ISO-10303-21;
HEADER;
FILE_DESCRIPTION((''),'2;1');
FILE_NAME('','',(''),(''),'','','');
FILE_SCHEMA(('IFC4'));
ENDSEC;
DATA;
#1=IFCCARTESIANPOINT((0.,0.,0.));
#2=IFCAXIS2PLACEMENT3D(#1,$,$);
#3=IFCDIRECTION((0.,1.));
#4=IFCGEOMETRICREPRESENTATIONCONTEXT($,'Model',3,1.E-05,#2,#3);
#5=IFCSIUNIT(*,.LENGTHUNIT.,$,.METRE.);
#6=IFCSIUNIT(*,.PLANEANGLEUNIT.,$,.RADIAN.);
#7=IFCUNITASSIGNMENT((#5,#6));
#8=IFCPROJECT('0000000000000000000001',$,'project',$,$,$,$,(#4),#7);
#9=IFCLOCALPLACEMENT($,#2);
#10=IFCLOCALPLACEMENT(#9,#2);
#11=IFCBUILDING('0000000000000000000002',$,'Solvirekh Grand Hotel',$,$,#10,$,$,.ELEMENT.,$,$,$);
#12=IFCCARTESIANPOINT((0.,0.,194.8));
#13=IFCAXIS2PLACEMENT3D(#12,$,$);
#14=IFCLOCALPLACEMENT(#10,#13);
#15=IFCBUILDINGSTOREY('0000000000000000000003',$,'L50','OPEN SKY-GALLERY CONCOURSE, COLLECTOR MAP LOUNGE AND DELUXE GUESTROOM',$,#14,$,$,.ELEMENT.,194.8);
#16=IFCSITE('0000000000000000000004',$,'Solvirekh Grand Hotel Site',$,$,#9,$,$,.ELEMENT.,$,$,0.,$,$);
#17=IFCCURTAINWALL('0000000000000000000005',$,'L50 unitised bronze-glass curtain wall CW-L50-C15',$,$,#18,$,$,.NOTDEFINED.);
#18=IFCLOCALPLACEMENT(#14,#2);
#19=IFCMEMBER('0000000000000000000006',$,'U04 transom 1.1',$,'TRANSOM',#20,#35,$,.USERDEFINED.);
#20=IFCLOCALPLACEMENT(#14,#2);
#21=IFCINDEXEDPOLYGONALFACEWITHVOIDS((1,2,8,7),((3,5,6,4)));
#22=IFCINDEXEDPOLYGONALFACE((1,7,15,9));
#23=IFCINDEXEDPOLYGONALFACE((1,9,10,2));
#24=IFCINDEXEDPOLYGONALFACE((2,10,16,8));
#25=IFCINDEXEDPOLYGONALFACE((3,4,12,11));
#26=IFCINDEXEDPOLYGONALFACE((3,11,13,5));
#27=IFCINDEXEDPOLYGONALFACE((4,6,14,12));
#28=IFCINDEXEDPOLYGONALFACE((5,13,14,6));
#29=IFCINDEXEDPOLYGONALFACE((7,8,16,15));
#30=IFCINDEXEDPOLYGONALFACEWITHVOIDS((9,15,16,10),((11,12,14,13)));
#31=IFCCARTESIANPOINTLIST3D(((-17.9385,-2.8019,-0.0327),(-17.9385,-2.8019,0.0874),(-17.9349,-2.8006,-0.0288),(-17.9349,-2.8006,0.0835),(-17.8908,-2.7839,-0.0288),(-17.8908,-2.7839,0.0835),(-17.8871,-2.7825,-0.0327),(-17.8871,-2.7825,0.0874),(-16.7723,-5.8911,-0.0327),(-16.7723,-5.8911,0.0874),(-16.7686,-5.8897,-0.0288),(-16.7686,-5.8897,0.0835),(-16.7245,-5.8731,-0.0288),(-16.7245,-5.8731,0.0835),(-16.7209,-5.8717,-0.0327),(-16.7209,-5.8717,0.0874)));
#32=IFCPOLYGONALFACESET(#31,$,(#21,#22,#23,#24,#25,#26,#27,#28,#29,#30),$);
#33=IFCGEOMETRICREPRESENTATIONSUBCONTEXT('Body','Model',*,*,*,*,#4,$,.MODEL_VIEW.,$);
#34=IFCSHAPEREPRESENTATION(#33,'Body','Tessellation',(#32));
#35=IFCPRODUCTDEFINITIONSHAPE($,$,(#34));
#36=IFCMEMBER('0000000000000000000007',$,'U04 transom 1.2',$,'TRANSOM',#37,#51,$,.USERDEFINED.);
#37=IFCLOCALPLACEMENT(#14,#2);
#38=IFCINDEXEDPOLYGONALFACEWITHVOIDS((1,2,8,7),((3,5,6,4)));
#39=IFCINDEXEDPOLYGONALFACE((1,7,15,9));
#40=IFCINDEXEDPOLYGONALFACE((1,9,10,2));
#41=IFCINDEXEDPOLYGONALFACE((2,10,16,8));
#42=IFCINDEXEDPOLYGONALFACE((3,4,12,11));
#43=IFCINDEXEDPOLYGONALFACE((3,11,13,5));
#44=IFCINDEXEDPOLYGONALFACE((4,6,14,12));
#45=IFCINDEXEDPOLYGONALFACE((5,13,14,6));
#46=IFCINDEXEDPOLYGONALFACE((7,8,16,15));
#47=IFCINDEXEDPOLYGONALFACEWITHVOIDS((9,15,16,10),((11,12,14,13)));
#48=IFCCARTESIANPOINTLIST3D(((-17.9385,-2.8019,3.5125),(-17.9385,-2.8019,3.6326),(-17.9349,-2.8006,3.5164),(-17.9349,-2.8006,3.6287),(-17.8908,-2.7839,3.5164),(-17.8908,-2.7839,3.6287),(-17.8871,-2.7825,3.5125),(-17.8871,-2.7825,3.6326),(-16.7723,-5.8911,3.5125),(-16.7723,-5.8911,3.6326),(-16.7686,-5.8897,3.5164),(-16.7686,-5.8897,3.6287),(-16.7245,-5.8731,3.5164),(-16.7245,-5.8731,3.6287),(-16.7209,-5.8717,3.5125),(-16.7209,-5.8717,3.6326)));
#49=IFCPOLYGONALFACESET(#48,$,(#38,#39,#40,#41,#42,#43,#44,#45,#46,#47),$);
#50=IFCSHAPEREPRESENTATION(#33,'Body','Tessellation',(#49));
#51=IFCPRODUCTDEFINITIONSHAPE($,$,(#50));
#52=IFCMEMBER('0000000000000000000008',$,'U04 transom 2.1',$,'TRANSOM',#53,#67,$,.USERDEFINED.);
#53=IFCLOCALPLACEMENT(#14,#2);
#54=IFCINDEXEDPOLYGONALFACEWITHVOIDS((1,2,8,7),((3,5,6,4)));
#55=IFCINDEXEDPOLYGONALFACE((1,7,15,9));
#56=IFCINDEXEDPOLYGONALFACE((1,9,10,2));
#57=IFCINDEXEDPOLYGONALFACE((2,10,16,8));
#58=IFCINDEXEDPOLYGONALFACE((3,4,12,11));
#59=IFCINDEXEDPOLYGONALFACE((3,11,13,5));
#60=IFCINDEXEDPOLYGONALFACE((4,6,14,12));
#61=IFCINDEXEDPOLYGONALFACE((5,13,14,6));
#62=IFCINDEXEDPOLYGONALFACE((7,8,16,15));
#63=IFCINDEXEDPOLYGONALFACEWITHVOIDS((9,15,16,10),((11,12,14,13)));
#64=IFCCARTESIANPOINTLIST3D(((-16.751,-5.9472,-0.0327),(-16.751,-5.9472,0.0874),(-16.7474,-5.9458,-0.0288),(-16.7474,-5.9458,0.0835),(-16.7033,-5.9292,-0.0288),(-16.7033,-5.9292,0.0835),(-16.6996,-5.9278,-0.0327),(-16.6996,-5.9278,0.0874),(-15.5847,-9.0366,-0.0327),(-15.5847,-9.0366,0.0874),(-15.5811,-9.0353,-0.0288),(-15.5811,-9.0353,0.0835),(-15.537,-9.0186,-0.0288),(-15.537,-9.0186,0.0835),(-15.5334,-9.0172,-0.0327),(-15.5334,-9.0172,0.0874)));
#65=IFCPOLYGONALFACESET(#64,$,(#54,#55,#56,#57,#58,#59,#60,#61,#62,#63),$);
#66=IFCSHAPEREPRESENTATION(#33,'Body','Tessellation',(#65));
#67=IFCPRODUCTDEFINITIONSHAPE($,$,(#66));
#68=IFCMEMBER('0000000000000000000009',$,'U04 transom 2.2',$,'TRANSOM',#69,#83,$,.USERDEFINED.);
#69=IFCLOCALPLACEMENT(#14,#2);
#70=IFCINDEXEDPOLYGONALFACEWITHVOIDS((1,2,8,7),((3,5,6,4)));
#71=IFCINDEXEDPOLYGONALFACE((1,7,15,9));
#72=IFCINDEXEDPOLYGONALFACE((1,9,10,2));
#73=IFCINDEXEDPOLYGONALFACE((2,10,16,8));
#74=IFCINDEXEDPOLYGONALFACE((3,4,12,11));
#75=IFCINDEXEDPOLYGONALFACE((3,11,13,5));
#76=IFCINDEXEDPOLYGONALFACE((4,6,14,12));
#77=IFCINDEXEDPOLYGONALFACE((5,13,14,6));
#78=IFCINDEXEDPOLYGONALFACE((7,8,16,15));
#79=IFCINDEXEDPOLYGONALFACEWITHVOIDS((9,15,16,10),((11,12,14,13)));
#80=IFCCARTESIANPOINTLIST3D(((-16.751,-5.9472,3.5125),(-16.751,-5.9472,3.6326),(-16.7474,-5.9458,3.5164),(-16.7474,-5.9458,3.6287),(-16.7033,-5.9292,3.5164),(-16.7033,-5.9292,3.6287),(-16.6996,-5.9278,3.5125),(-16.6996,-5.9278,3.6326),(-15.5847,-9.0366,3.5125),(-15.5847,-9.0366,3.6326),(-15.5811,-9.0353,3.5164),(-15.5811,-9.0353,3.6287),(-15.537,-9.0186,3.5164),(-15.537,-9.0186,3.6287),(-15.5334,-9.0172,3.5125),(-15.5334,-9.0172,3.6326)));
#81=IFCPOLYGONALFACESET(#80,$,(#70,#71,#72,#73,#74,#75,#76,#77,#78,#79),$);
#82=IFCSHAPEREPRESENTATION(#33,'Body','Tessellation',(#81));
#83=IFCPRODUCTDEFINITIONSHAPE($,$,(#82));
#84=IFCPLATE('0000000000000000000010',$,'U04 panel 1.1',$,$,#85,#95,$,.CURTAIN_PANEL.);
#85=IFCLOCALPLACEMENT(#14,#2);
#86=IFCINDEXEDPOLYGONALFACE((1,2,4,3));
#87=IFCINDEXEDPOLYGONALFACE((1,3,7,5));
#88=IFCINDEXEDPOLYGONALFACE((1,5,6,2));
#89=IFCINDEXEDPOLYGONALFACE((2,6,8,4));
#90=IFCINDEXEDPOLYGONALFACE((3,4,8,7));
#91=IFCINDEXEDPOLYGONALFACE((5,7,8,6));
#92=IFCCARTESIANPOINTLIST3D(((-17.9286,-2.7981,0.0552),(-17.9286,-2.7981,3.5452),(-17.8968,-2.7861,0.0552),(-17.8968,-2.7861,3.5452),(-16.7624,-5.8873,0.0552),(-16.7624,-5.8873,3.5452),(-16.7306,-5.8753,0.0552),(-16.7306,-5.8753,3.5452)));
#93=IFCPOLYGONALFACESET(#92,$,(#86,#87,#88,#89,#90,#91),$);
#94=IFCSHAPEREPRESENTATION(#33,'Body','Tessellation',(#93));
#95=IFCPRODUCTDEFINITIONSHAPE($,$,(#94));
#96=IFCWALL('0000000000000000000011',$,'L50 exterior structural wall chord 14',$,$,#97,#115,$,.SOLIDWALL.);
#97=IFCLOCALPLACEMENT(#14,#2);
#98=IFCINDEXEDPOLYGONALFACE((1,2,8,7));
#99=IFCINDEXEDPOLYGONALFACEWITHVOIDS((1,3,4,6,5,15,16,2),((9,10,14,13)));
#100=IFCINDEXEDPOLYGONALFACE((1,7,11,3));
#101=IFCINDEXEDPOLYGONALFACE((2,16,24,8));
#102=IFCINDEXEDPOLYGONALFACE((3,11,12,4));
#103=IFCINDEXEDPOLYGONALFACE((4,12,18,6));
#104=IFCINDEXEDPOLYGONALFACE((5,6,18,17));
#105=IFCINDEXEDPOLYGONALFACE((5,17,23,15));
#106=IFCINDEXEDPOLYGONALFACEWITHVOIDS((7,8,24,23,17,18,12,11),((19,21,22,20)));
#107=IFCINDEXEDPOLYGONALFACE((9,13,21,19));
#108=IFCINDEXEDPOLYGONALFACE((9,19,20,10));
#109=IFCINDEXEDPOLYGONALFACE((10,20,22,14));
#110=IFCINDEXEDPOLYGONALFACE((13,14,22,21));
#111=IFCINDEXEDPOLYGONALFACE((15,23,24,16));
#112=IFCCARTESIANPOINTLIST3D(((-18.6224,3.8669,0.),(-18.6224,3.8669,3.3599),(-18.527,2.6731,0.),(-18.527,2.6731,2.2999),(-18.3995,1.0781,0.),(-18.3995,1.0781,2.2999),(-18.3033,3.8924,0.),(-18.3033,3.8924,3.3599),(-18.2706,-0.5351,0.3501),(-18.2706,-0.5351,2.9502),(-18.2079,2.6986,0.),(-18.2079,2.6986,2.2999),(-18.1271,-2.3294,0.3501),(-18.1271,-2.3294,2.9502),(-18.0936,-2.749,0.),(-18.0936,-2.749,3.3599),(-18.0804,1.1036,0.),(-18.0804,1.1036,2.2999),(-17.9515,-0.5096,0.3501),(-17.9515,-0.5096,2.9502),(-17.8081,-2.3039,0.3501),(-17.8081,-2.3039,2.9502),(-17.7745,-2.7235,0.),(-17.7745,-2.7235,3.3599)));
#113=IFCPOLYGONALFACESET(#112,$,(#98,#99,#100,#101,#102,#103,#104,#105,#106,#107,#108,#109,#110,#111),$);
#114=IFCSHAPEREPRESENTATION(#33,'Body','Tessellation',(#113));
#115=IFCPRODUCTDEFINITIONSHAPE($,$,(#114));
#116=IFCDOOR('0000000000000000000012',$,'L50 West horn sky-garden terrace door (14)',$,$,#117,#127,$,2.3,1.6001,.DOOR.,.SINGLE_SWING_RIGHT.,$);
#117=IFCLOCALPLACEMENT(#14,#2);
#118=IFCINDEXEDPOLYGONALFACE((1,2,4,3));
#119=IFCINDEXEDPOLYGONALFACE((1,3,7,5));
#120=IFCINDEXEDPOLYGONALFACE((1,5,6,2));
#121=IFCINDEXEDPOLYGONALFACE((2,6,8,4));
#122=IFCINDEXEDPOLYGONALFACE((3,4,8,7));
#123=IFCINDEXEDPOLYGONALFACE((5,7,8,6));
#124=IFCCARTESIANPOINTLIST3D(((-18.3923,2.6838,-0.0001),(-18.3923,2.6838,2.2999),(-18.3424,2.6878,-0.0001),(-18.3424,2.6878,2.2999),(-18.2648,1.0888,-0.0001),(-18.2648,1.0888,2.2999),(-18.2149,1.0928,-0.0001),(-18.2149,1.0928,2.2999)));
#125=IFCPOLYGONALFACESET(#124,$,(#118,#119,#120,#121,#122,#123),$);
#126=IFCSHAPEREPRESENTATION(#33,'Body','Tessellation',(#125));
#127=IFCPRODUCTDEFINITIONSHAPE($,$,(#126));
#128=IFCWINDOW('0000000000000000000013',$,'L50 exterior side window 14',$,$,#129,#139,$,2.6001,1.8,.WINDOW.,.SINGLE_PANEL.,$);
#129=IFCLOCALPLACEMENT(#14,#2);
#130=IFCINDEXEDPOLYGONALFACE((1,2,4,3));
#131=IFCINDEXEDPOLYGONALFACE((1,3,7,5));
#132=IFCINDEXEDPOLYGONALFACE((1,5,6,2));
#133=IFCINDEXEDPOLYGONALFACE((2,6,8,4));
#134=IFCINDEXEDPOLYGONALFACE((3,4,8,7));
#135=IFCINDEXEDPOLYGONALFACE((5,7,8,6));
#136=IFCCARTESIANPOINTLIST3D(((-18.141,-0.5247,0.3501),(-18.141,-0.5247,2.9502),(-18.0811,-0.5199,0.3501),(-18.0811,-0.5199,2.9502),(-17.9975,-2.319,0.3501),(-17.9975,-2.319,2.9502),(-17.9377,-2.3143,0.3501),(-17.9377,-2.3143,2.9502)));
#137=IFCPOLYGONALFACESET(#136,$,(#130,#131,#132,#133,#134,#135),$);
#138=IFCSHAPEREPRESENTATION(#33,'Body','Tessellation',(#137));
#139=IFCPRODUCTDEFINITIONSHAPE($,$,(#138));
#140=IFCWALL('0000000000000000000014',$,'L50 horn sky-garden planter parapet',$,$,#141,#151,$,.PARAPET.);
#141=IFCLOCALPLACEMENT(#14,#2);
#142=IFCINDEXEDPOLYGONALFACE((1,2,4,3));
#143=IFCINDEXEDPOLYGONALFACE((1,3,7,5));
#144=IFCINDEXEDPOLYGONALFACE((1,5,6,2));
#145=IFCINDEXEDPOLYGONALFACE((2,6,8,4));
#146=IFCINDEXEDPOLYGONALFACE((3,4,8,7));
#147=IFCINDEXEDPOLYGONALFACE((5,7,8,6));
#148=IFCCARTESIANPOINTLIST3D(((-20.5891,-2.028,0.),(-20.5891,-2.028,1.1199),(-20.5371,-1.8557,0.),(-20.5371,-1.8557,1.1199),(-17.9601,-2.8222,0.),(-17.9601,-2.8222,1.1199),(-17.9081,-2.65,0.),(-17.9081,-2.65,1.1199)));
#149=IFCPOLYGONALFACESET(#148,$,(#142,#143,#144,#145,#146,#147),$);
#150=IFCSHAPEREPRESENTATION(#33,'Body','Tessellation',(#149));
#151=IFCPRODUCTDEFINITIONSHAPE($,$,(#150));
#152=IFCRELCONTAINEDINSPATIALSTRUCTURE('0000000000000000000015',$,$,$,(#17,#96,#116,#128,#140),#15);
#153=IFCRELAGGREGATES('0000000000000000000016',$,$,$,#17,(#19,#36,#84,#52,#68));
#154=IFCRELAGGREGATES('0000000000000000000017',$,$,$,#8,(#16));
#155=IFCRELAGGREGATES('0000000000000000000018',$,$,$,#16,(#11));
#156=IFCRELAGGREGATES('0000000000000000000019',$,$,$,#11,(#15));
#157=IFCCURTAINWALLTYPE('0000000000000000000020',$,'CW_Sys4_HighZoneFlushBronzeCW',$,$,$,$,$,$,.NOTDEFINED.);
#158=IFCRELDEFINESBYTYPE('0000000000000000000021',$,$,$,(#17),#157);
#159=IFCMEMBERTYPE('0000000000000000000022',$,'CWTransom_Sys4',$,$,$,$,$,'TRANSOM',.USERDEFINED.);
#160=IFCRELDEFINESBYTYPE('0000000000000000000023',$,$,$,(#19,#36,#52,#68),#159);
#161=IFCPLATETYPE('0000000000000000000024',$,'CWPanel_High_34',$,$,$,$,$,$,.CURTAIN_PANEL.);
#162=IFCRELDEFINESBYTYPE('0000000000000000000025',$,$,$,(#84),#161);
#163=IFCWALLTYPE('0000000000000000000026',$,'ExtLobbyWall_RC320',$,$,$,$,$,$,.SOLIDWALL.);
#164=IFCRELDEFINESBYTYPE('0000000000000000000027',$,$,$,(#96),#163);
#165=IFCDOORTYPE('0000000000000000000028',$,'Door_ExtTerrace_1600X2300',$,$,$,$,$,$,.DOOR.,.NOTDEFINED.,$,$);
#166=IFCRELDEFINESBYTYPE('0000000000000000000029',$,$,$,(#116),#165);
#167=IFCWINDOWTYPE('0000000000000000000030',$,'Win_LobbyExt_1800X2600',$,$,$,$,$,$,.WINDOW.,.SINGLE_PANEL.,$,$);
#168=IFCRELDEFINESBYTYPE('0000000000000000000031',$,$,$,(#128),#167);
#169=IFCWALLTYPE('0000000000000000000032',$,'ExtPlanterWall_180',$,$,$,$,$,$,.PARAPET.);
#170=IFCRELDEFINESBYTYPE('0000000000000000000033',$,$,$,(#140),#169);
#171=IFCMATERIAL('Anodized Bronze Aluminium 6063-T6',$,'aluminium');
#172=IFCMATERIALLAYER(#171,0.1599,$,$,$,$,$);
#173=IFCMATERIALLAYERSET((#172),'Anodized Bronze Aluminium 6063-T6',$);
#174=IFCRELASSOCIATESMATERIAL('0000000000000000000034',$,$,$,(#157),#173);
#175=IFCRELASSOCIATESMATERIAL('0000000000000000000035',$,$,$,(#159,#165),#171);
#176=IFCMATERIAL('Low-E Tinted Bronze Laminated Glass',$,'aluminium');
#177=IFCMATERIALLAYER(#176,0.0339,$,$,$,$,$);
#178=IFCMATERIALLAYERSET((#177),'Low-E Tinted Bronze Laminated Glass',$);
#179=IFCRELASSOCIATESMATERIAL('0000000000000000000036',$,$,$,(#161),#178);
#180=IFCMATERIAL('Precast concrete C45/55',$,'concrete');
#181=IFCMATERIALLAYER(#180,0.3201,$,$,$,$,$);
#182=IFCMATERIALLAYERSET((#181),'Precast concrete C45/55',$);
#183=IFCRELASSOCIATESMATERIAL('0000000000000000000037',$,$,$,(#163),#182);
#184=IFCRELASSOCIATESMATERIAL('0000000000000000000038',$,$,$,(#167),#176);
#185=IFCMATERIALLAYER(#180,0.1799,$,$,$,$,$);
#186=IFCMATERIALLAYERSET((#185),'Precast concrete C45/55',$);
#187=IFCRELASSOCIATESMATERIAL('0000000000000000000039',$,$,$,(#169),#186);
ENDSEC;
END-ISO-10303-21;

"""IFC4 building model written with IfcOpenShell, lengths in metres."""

from ifc_helpers import new_model, si_unit, direction, frame, frame_2d, origin, origin_2d, place, context, subcontext, project, spatial, rectangle, hollow_rectangle, extrude, source, transform, mapped, material, layer, layer_set, material_profile, profile_set, type_object, element, fill, aggregate, save


model = new_model("IFC4")

# Units and contexts
model_context = context("Model", 3, precision=1e-05, world=origin(), true_north=direction((0.0, 1.0)))
body_context = subcontext(model_context, "Body", "Model", "MODEL_VIEW")
ifc_project = project(units=[si_unit("LENGTHUNIT", "METRE"), si_unit("PLANEANGLEUNIT", "RADIAN")], contexts=[model_context])

# Site, building, storey
site_placement = place(None, origin())
site = spatial("IfcSite", under=ifc_project, at=site_placement, Name="Solvirekh Grand Hotel Site", CompositionType="ELEMENT", RefElevation=0.0)
building_placement = place(site_placement, origin())
building = spatial("IfcBuilding", under=site, at=building_placement, Name="Solvirekh Grand Hotel", CompositionType="ELEMENT")
storey_placement = place(building_placement, frame((0.0, 0.0, 194.8)))
storey = spatial("IfcBuildingStorey", under=building, at=storey_placement, Name="L50", Description="OPEN SKY-GALLERY CONCOURSE, COLLECTOR MAP LOUNGE AND DELUXE GUESTROOM", CompositionType="ELEMENT", Elevation=194.8)

# Curtain wall, members, plate
ifc_material_1 = material(Name="Anodized Bronze Aluminium 6063-T6", Category="aluminium")
ifc_layer_1 = layer(ifc_material_1, 0.1599)
ifc_layer_set_1 = layer_set([ifc_layer_1], Name="Anodized Bronze Aluminium 6063-T6")
curtain_wall_type = type_object("IfcCurtainWallType", Name="CW_Sys4_HighZoneFlushBronzeCW", PredefinedType="NOTDEFINED", material=ifc_layer_set_1)
curtain_wall_placement = place(storey_placement, origin())
curtain_wall = element("IfcCurtainWall", 1, at=curtain_wall_placement, inside=storey, type_object=curtain_wall_type, Name="L50 unitised bronze-glass curtain wall CW-L50-C15", PredefinedType="NOTDEFINED")
ifc_material_profile_1 = material_profile(ifc_material_1, hollow_rectangle(XDim=0.0549, YDim=0.1201, WallThickness=0.0039, at=origin_2d()), Name="ALU RHS 120X55X4")
ifc_profile_set_1 = profile_set([ifc_material_profile_1], Name="Anodized Bronze Aluminium 6063-T6")
member_type_1 = type_object("IfcMemberType", Name="CWTransom_Sys4", ElementType="TRANSOM", PredefinedType="USERDEFINED", material=ifc_profile_set_1)
shared_shape_1 = source(origin(), body_context, "Body", "SweptSolid", [
    extrude(hollow_rectangle(XDim=0.0549, YDim=0.1201, WallThickness=0.0039, at=origin_2d()), origin(), (0.0, 0.0, 1.0), 3.302),
])
member_1_placement = place(storey_placement, frame((-17.9128, -2.7922, 0.0273), z_axis=(0.353205, -0.935546, 0.0), x_axis=(0.935546, 0.353205, 0.0)))
member_1 = element("IfcMember", 2, at=member_1_placement, type_object=member_type_1, Name="U04 transom 1.1", ObjectType="TRANSOM", PredefinedType="USERDEFINED", context=body_context, shape_type="MappedRepresentation", body=[
    mapped(shared_shape_1, transform((0.0, 0.0, 0.0), x_axis=(1.0, 0.0, 0.0), y_axis=(0.0, 1.0, 0.0), z_axis=(0.0, 0.0, 1.0), scale=1.0)),
])
member_2_placement = place(storey_placement, frame((-17.9128, -2.7922, 3.5725), z_axis=(0.353205, -0.935546, 0.0), x_axis=(0.935546, 0.353205, 0.0)))
member_2 = element("IfcMember", 3, at=member_2_placement, type_object=member_type_1, Name="U04 transom 1.2", ObjectType="TRANSOM", PredefinedType="USERDEFINED", context=body_context, shape_type="MappedRepresentation", body=[
    mapped(shared_shape_1, transform((0.0, 0.0, 0.0), x_axis=(1.0, 0.0, 0.0), y_axis=(0.0, 1.0, 0.0), z_axis=(0.0, 0.0, 1.0), scale=1.0)),
])
shared_shape_2 = source(origin(), body_context, "Body", "SweptSolid", [
    extrude(hollow_rectangle(XDim=0.0549, YDim=0.1201, WallThickness=0.0039, at=origin_2d()), origin(), (0.0, 0.0, 1.0), 3.3022),
])
member_3_placement = place(storey_placement, frame((-16.7253, -5.9375, 0.0273), z_axis=(0.353181, -0.935555, 0.0), x_axis=(0.935555, 0.353181, 0.0)))
member_3 = element("IfcMember", 4, at=member_3_placement, type_object=member_type_1, Name="U04 transom 2.1", ObjectType="TRANSOM", PredefinedType="USERDEFINED", context=body_context, shape_type="MappedRepresentation", body=[
    mapped(shared_shape_2, transform((0.0, 0.0, 0.0), x_axis=(1.0, 0.0, 0.0), y_axis=(0.0, 1.0, 0.0), z_axis=(0.0, 0.0, 1.0), scale=1.0)),
])
member_4_placement = place(storey_placement, frame((-16.7253, -5.9375, 3.5725), z_axis=(0.353181, -0.935555, 0.0), x_axis=(0.935555, 0.353181, 0.0)))
member_4 = element("IfcMember", 5, at=member_4_placement, type_object=member_type_1, Name="U04 transom 2.2", ObjectType="TRANSOM", PredefinedType="USERDEFINED", context=body_context, shape_type="MappedRepresentation", body=[
    mapped(shared_shape_2, transform((0.0, 0.0, 0.0), x_axis=(1.0, 0.0, 0.0), y_axis=(0.0, 1.0, 0.0), z_axis=(0.0, 0.0, 1.0), scale=1.0)),
])
ifc_material_2 = material(Name="Low-E Tinted Bronze Laminated Glass", Category="aluminium")
ifc_layer_2 = layer(ifc_material_2, 0.0339)
ifc_layer_set_2 = layer_set([ifc_layer_2], Name="Low-E Tinted Bronze Laminated Glass")
plate_type = type_object("IfcPlateType", Name="CWPanel_High_34", PredefinedType="CURTAIN_PANEL", material=ifc_layer_set_2)
shared_shape_3 = source(origin(), body_context, "Body", "SweptSolid", [
    extrude(rectangle(XDim=3.302, YDim=0.0339, at=origin_2d()), origin(), (0.0, 0.0, 1.0), 3.49),
])
plate_placement = place(storey_placement, frame((-17.3296, -4.3367, 0.0552), z_axis=(0.0, 0.0, 1.0), x_axis=(0.353174, -0.935558, 0.0)))
plate = element("IfcPlate", 6, at=plate_placement, type_object=plate_type, Name="U04 panel 1.1", PredefinedType="CURTAIN_PANEL", context=body_context, shape_type="MappedRepresentation", body=[
    mapped(shared_shape_3, transform((0.0, 0.0, 0.0), x_axis=(1.0, 0.0, 0.0), y_axis=(0.0, 1.0, 0.0), z_axis=(0.0, 0.0, 1.0), scale=1.0)),
])
aggregate(curtain_wall, [member_1, member_2, plate, member_3, member_4])

# Wall, openings, door, window
ifc_material_3 = material(Name="Precast concrete C45/55", Category="concrete")
ifc_layer_3 = layer(ifc_material_3, 0.3201)
ifc_layer_set_3 = layer_set([ifc_layer_3], Name="Precast concrete C45/55")
wall_type_1 = type_object("IfcWallType", Name="ExtLobbyWall_RC320", PredefinedType="SOLIDWALL", material=ifc_layer_set_3)
wall_1_placement = place(storey_placement, frame((-17.9341, -2.7361, 0.0), z_axis=(0.0, 0.0, 1.0), x_axis=(-0.079675, 0.996821, 0.0)))
wall_1 = element("IfcWall", 7, at=wall_1_placement, inside=storey, type_object=wall_type_1, Name="L50 exterior structural wall chord 14", PredefinedType="SOLIDWALL", context=body_context, shape_type="SweptSolid", body=[
    extrude(rectangle(XDim=6.637, YDim=0.3201, at=frame_2d((3.3184, 0.0))), origin(), (0.0, 0.0, 1.0), 3.3599),
])
opening_1_placement = place(wall_1_placement, frame((0.4209, 0.0, 0.3501)))
opening_1 = element("IfcOpeningElement", 8, at=opening_1_placement, cuts=wall_1, PredefinedType="OPENING", context=body_context, shape_type="SweptSolid", body=[
    extrude(rectangle(XDim=1.8, YDim=2.6001, at=frame_2d((0.8999, 1.3))), frame((0.0, 0.1699, 0.0), z_axis=(0.0, -1.0, 0.0), x_axis=(1.0, 0.0, 0.0)), (0.0, 0.0, 1.0), 0.3401),
])
opening_2_placement = place(wall_1_placement, frame((3.8391, 0.0, 0.0)))
opening_2 = element("IfcOpeningElement", 9, at=opening_2_placement, cuts=wall_1, PredefinedType="OPENING", context=body_context, shape_type="SweptSolid", body=[
    extrude(rectangle(XDim=1.6001, YDim=2.3, at=frame_2d((0.8, 1.1499))), frame((0.0, 0.1699, 0.0), z_axis=(0.0, -1.0, 0.0), x_axis=(1.0, 0.0, 0.0)), (0.0, 0.0, 1.0), 0.3401),
])
door_type_1 = type_object("IfcDoorType", Name="Door_ExtTerrace_1600X2300", OperationType="NOTDEFINED", PredefinedType="DOOR", material=ifc_material_1)
door_1_placement = place(opening_2_placement, origin())
door_1 = element("IfcDoor", 10, at=door_1_placement, inside=storey, type_object=door_type_1, Name="L50 West horn sky-garden terrace door (14)", OperationType="SINGLE_SWING_RIGHT", OverallHeight=2.3, OverallWidth=1.6001, PredefinedType="DOOR", context=body_context, shape_type="SweptSolid", body=[
    extrude(rectangle(XDim=1.6001, YDim=2.3, at=frame_2d((0.8, 1.1499))), frame((0.0, 0.0249, 0.0), z_axis=(0.0, -1.0, 0.0), x_axis=(1.0, 0.0, 0.0)), (0.0, 0.0, 1.0), 0.05),
])
fill(opening_2, door_1)
window_type = type_object("IfcWindowType", Name="Win_LobbyExt_1800X2600", PartitioningType="SINGLE_PANEL", PredefinedType="WINDOW", material=ifc_material_2)
window_placement = place(opening_1_placement, origin())
window = element("IfcWindow", 11, at=window_placement, inside=storey, type_object=window_type, Name="L50 exterior side window 14", OverallHeight=2.6001, OverallWidth=1.8, PartitioningType="SINGLE_PANEL", PredefinedType="WINDOW", context=body_context, shape_type="SweptSolid", body=[
    extrude(rectangle(XDim=1.8, YDim=2.6001, at=frame_2d((0.8999, 1.3))), frame((0.0, 0.03, 0.0), z_axis=(0.0, -1.0, 0.0), x_axis=(1.0, 0.0, 0.0)), (0.0, 0.0, 1.0), 0.0601),
])
fill(opening_1, window)

# Wall
ifc_layer_4 = layer(ifc_material_3, 0.1799)
ifc_layer_set_4 = layer_set([ifc_layer_4], Name="Precast concrete C45/55")
wall_type_2 = type_object("IfcWallType", Name="ExtPlanterWall_180", PredefinedType="PARAPET", material=ifc_layer_set_4)
wall_2_placement = place(storey_placement, frame((-20.563, -1.9419, 0.0), z_axis=(0.0, 0.0, 1.0), x_axis=(0.957272, -0.289191, 0.0)))
element("IfcWall", 12, at=wall_2_placement, inside=storey, type_object=wall_type_2, Name="L50 horn sky-garden planter parapet", PredefinedType="PARAPET", context=body_context, shape_type="SweptSolid", body=[
    extrude(rectangle(XDim=2.7463, YDim=0.1799, at=frame_2d((1.373, 0.0))), origin(), (0.0, 0.0, 1.0), 1.1199),
])

save(model, "model.ifc")
